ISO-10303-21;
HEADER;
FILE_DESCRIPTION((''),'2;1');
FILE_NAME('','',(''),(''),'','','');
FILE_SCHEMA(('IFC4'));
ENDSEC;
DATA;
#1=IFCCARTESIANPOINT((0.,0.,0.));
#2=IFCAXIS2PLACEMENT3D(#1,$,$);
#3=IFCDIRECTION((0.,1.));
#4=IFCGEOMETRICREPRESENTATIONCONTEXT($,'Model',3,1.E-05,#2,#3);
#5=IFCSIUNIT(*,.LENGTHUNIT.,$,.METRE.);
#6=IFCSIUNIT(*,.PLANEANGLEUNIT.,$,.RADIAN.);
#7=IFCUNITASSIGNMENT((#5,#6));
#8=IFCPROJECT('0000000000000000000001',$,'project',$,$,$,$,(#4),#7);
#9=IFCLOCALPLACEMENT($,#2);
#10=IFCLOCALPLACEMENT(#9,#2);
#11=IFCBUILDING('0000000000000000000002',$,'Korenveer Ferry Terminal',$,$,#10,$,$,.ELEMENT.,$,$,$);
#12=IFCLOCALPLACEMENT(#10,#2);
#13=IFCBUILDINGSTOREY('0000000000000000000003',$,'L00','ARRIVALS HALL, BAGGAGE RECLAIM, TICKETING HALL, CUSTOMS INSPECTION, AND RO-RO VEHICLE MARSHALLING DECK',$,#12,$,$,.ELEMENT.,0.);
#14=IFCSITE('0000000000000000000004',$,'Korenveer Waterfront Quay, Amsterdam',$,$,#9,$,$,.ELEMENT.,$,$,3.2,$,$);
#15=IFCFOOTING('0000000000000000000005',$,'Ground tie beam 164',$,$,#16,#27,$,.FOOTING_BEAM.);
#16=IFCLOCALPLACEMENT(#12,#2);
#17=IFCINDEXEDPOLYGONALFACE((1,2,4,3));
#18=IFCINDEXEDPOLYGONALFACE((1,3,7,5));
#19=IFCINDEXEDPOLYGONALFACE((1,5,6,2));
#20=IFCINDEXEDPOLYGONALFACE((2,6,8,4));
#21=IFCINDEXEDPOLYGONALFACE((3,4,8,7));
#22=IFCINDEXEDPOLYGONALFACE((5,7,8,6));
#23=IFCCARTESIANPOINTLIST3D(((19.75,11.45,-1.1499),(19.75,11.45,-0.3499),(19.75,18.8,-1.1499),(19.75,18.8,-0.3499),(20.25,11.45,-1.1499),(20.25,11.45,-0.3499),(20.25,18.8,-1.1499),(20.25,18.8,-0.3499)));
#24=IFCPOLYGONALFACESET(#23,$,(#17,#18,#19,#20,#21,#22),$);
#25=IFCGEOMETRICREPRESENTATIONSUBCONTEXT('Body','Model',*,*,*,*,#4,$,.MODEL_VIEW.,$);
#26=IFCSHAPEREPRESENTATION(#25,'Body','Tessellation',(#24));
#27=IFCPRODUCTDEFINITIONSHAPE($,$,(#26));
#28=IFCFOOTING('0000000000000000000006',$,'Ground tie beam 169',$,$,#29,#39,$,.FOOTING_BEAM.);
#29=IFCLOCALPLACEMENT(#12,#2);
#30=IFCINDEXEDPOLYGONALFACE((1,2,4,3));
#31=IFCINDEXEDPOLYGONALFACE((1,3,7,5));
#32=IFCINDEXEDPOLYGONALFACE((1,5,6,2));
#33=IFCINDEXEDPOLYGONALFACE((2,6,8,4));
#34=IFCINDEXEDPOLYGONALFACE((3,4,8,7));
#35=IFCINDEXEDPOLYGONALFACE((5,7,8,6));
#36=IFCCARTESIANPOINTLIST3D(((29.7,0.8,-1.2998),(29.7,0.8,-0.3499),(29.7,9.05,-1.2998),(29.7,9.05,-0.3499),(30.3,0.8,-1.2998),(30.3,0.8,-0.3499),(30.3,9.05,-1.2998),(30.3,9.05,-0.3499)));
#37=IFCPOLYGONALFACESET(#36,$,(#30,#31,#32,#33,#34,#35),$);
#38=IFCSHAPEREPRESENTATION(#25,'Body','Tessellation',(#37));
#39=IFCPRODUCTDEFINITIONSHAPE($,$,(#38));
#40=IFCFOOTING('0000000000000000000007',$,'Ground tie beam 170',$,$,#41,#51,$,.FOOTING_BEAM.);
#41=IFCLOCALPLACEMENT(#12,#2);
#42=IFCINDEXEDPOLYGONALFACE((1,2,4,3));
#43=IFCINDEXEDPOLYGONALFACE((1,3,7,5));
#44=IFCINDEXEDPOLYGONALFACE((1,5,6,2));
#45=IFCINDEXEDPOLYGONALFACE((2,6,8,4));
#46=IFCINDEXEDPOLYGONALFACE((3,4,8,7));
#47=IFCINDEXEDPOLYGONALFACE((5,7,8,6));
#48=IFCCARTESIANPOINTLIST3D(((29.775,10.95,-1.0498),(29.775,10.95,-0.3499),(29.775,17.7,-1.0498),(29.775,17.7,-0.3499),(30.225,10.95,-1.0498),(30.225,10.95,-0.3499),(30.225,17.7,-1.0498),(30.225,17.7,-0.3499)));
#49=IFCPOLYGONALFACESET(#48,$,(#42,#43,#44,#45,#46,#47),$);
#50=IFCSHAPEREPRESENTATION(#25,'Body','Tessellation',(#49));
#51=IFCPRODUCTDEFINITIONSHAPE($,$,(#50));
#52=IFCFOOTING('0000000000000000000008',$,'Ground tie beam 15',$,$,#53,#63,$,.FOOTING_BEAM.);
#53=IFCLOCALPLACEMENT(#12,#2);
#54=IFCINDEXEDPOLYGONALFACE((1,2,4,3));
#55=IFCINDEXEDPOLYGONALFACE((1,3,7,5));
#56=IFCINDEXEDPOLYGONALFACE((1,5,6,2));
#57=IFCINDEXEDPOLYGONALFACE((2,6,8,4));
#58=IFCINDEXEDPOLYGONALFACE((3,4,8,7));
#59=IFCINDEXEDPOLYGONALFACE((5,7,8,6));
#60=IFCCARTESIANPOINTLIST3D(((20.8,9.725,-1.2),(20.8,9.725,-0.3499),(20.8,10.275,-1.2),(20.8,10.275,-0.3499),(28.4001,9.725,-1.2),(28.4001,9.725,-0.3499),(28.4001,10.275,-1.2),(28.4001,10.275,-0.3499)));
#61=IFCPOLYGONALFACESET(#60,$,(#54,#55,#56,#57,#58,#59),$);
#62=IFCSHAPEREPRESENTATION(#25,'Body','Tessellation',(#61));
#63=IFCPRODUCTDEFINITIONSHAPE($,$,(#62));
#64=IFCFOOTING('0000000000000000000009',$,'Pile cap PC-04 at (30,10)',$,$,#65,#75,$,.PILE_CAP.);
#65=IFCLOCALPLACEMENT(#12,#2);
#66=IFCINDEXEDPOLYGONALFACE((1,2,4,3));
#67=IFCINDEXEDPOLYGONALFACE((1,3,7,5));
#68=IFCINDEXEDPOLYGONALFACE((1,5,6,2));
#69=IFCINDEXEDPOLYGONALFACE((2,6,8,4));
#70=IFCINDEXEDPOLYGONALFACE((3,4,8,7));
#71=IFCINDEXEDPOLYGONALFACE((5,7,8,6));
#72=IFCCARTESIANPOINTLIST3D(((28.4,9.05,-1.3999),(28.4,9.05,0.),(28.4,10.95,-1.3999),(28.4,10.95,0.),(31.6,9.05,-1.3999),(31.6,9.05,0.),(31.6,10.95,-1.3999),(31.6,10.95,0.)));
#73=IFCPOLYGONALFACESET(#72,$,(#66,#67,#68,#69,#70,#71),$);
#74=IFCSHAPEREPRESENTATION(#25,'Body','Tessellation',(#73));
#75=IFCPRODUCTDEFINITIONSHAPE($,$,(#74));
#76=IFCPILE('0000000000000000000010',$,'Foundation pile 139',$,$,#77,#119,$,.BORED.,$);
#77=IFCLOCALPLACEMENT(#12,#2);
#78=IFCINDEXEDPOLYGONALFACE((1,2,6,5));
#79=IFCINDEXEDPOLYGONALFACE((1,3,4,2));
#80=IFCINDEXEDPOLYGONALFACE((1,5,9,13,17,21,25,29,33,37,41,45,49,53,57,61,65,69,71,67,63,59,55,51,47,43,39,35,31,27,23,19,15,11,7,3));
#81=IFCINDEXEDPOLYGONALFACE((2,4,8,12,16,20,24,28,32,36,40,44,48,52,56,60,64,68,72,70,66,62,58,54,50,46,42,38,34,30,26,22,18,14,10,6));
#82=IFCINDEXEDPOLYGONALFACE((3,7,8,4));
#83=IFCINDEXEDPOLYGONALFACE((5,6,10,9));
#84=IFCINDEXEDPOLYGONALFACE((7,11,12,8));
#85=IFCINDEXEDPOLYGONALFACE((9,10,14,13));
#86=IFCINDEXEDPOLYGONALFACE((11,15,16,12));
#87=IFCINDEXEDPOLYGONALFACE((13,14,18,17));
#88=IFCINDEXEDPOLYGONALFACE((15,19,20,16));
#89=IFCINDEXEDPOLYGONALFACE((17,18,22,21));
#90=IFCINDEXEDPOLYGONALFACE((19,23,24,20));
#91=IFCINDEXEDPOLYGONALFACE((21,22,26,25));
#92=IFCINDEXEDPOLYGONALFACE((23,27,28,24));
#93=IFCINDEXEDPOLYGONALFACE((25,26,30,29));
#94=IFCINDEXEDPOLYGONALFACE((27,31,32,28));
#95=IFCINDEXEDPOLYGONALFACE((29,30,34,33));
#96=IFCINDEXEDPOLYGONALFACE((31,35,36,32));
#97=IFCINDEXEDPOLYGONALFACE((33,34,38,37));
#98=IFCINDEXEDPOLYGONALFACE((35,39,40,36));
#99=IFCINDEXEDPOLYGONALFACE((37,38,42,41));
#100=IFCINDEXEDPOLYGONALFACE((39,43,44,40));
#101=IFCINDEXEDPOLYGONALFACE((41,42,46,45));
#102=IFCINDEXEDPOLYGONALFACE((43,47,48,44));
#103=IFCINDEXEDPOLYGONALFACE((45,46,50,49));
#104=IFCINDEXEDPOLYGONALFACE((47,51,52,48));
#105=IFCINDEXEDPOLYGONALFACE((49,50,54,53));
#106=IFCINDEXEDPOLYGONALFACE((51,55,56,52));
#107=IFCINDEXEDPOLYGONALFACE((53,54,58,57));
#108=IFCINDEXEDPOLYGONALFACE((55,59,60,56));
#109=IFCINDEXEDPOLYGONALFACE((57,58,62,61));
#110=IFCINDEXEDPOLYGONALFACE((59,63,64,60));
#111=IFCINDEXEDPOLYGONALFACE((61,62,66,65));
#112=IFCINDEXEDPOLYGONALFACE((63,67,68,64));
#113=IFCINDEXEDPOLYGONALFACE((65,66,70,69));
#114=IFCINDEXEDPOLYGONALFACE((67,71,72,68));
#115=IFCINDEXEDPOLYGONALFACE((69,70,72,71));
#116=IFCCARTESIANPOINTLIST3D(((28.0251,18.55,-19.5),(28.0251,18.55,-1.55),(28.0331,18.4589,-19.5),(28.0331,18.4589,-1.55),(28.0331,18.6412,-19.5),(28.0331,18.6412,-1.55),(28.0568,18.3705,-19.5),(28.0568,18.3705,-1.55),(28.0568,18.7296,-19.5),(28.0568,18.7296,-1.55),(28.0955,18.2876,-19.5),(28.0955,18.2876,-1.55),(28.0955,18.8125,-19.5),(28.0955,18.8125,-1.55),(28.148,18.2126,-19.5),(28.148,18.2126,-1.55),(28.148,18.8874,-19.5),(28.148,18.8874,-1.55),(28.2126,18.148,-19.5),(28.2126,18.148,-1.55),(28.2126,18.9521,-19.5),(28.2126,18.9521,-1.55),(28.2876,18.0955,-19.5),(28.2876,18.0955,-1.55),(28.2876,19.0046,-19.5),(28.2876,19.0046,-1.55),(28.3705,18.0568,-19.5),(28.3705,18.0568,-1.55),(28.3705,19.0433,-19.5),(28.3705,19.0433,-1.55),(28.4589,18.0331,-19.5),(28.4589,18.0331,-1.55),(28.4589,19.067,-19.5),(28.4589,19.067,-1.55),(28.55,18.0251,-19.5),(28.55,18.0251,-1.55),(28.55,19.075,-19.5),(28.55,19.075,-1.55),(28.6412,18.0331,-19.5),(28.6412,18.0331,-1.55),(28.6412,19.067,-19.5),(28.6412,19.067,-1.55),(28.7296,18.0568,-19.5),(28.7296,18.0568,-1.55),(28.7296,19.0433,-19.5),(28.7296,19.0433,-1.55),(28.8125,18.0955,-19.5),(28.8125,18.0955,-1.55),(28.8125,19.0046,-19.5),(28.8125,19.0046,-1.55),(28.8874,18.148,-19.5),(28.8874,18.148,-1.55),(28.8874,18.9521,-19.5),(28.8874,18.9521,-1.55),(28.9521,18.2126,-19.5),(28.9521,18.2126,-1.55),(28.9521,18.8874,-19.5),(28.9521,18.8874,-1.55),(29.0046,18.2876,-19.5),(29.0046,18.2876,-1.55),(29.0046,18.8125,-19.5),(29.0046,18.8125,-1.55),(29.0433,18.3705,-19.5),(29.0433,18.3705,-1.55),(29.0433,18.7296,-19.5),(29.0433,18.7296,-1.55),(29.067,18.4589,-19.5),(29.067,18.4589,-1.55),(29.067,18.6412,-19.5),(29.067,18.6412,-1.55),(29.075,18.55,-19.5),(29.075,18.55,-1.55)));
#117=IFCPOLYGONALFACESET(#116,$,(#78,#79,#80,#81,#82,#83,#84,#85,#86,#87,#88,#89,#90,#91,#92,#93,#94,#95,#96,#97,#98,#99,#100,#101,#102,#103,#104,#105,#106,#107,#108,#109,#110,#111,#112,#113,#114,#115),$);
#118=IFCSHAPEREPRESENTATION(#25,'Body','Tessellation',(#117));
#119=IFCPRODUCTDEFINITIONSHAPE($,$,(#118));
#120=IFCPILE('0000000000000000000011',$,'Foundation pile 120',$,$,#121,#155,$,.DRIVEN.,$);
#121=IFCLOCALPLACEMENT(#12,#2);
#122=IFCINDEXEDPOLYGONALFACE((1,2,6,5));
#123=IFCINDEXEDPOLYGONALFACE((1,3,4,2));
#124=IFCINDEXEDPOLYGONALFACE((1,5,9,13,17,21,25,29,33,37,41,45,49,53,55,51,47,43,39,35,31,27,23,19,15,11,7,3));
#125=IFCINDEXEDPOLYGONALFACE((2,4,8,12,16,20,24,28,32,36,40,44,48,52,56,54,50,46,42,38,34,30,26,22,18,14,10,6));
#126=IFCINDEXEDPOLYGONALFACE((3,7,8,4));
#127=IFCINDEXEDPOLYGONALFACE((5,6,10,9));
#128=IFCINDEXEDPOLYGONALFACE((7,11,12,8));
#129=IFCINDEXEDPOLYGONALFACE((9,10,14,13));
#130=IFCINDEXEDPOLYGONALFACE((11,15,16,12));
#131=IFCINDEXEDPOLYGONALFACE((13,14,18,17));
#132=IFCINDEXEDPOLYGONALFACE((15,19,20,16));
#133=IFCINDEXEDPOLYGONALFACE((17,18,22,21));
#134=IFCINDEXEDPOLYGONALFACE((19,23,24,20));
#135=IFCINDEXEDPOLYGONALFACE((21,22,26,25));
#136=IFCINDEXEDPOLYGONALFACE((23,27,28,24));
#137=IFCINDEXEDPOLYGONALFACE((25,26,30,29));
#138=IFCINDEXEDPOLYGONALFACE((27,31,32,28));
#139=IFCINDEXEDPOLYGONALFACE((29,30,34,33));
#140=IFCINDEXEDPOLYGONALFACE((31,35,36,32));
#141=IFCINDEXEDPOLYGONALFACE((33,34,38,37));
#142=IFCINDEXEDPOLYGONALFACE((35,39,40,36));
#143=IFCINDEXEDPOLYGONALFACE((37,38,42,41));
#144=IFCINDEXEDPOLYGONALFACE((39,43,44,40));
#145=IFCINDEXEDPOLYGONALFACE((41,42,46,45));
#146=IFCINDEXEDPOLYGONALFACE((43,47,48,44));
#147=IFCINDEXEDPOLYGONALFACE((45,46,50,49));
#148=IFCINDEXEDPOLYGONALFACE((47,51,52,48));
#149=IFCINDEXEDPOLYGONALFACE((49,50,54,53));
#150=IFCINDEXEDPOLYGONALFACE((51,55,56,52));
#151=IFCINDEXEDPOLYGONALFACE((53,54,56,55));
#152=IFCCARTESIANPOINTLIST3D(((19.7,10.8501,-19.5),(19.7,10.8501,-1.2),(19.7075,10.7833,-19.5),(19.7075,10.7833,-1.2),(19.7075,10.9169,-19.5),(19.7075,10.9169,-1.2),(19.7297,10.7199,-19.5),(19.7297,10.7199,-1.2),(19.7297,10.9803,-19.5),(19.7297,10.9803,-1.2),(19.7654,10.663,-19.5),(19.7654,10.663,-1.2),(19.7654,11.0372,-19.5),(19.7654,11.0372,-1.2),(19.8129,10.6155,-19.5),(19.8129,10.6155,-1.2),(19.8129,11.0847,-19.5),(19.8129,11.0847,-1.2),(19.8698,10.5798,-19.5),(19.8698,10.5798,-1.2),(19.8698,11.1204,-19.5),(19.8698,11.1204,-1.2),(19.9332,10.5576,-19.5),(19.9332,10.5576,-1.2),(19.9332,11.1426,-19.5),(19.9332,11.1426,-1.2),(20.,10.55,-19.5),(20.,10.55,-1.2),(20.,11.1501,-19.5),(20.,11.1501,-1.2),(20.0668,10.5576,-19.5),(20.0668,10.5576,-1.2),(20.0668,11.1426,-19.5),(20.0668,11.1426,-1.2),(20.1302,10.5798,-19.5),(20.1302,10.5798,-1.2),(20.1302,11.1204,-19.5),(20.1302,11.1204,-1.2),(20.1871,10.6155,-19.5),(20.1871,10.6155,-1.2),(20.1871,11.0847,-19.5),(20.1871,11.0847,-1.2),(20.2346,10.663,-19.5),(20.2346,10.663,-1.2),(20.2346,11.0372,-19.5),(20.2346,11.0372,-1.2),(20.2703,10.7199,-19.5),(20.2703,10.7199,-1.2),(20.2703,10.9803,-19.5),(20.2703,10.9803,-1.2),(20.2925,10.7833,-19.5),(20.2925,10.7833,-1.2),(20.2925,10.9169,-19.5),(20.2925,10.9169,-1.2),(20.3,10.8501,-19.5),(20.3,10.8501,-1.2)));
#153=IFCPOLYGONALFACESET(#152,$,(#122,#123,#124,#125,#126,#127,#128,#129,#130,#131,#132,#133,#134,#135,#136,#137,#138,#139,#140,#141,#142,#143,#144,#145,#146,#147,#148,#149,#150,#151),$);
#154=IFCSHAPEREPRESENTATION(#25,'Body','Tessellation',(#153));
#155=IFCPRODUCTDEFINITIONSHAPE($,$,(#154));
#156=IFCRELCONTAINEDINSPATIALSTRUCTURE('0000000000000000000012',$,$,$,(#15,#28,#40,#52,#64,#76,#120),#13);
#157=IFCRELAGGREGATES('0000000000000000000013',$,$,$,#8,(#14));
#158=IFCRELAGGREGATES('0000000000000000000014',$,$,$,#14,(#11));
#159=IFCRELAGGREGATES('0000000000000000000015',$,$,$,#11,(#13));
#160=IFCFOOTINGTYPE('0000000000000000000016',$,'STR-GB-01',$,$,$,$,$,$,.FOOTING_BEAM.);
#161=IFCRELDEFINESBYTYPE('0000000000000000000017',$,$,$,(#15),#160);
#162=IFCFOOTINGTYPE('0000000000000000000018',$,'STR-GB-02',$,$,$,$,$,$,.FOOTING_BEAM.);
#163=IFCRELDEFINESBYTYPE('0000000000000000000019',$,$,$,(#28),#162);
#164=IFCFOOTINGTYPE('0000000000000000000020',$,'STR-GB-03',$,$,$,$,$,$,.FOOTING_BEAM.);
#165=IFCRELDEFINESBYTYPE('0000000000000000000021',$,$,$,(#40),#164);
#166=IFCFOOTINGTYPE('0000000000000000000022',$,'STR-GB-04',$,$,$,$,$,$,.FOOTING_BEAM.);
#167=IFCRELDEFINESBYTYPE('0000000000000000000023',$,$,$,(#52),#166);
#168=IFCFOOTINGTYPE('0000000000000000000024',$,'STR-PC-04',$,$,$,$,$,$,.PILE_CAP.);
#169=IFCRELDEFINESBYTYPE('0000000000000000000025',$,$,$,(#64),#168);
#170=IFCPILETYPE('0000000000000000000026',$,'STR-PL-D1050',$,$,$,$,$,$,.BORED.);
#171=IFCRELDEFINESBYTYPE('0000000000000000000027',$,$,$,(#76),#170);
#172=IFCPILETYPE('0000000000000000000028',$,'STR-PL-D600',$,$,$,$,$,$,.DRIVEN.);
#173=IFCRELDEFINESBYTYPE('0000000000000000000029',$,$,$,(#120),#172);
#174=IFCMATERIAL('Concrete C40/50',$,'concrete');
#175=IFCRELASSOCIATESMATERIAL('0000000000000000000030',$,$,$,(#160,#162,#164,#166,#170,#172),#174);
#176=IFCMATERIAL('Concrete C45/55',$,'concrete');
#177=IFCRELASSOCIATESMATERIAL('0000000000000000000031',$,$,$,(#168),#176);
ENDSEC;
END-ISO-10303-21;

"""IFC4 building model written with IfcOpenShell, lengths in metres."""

from ifc_helpers import new_model, si_unit, direction, frame, origin, origin_2d, place, context, subcontext, project, spatial, rectangle, circle, extrude, material, material_profile, profile_set, type_object, element, save


model = new_model("IFC4")

# Units and contexts
model_context = context("Model", 3, precision=1e-05, world=origin(), true_north=direction((0.0, 1.0)))
body_context = subcontext(model_context, "Body", "Model", "MODEL_VIEW")
ifc_project = project(units=[si_unit("LENGTHUNIT", "METRE"), si_unit("PLANEANGLEUNIT", "RADIAN")], contexts=[model_context])

# Site, building, storey
site_placement = place(None, origin())
site = spatial("IfcSite", under=ifc_project, at=site_placement, Name="Korenveer Waterfront Quay, Amsterdam", CompositionType="ELEMENT", RefElevation=3.2)
building_placement = place(site_placement, origin())
building = spatial("IfcBuilding", under=site, at=building_placement, Name="Korenveer Ferry Terminal", CompositionType="ELEMENT")
storey_placement = place(building_placement, origin())
storey = spatial("IfcBuildingStorey", under=building, at=storey_placement, Name="L00", Description="ARRIVALS HALL, BAGGAGE RECLAIM, TICKETING HALL, CUSTOMS INSPECTION, AND RO-RO VEHICLE MARSHALLING DECK", CompositionType="ELEMENT", Elevation=0.0)

# Footings
ifc_material_1 = material(Name="Concrete C40/50", Category="concrete")
footing_type_1 = type_object("IfcFootingType", Name="STR-GB-01", PredefinedType="FOOTING_BEAM", material=ifc_material_1)
footing_1_placement = place(storey_placement, frame((20.0, 15.125, -1.1499), z_axis=(0.0, 0.0, 1.0), x_axis=(1.0, 0.0, 0.0)))
element("IfcFooting", 1, at=footing_1_placement, inside=storey, type_object=footing_type_1, Name="Ground tie beam 164", PredefinedType="FOOTING_BEAM", context=body_context, shape_type="SweptSolid", body=[
    extrude(rectangle(XDim=0.5, YDim=7.3501, at=origin_2d()), origin(), (0.0, 0.0, 1.0), 0.8),
])
footing_type_2 = type_object("IfcFootingType", Name="STR-GB-02", PredefinedType="FOOTING_BEAM", material=ifc_material_1)
footing_2_placement = place(storey_placement, frame((30.0, 4.925, -1.2998), z_axis=(0.0, 0.0, 1.0), x_axis=(1.0, 0.0, 0.0)))
element("IfcFooting", 2, at=footing_2_placement, inside=storey, type_object=footing_type_2, Name="Ground tie beam 169", PredefinedType="FOOTING_BEAM", context=body_context, shape_type="SweptSolid", body=[
    extrude(rectangle(XDim=0.6001, YDim=8.25, at=origin_2d()), origin(), (0.0, 0.0, 1.0), 0.95),
])
footing_type_3 = type_object("IfcFootingType", Name="STR-GB-03", PredefinedType="FOOTING_BEAM", material=ifc_material_1)
footing_3_placement = place(storey_placement, frame((30.0, 14.325, -1.0498), z_axis=(0.0, 0.0, 1.0), x_axis=(1.0, 0.0, 0.0)))
element("IfcFooting", 3, at=footing_3_placement, inside=storey, type_object=footing_type_3, Name="Ground tie beam 170", PredefinedType="FOOTING_BEAM", context=body_context, shape_type="SweptSolid", body=[
    extrude(rectangle(XDim=0.45, YDim=6.75, at=origin_2d()), origin(), (0.0, 0.0, 1.0), 0.7),
])
footing_type_4 = type_object("IfcFootingType", Name="STR-GB-04", PredefinedType="FOOTING_BEAM", material=ifc_material_1)
footing_4_placement = place(storey_placement, frame((24.6001, 10.0, -1.2), z_axis=(0.0, 0.0, 1.0), x_axis=(1.0, 0.0, 0.0)))
element("IfcFooting", 4, at=footing_4_placement, inside=storey, type_object=footing_type_4, Name="Ground tie beam 15", PredefinedType="FOOTING_BEAM", context=body_context, shape_type="SweptSolid", body=[
    extrude(rectangle(XDim=7.6001, YDim=0.55, at=origin_2d()), origin(), (0.0, 0.0, 1.0), 0.8501),
])
ifc_material_2 = material(Name="Concrete C45/55", Category="concrete")
footing_type_5 = type_object("IfcFootingType", Name="STR-PC-04", PredefinedType="PILE_CAP", material=ifc_material_2)
footing_5_placement = place(storey_placement, frame((30.0, 10.0, -1.3999), z_axis=(0.0, 0.0, 1.0), x_axis=(1.0, 0.0, 0.0)))
element("IfcFooting", 5, at=footing_5_placement, inside=storey, type_object=footing_type_5, Name="Pile cap PC-04 at (30,10)", PredefinedType="PILE_CAP", context=body_context, shape_type="SweptSolid", body=[
    extrude(rectangle(XDim=3.2, YDim=1.8999, at=origin_2d()), origin(), (0.0, 0.0, 1.0), 1.3999),
])

# Piles
ifc_material_profile_1 = material_profile(ifc_material_1, circle(Radius=0.5249, at=origin_2d()), Name="PILE D1050")
ifc_profile_set_1 = profile_set([ifc_material_profile_1], Name="Concrete C40/50")
pile_type_1 = type_object("IfcPileType", Name="STR-PL-D1050", PredefinedType="BORED", material=ifc_profile_set_1)
pile_1_placement = place(storey_placement, frame((28.55, 18.55, -1.55), z_axis=(0.0, 0.0, -1.0), x_axis=(1.0, 0.0, 0.0)))
element("IfcPile", 6, at=pile_1_placement, inside=storey, type_object=pile_type_1, Name="Foundation pile 139", PredefinedType="BORED", context=body_context, shape_type="SweptSolid", body=[
    extrude(circle(Radius=0.5249, at=origin_2d()), origin(), (0.0, 0.0, 1.0), 17.95),
])
ifc_material_profile_2 = material_profile(ifc_material_1, circle(Radius=0.3, at=origin_2d()), Name="PILE D600")
ifc_profile_set_2 = profile_set([ifc_material_profile_2], Name="Concrete C40/50")
pile_type_2 = type_object("IfcPileType", Name="STR-PL-D600", PredefinedType="DRIVEN", material=ifc_profile_set_2)
pile_2_placement = place(storey_placement, frame((20.0, 10.8501, -1.2), z_axis=(0.0, 0.0, -1.0), x_axis=(1.0, 0.0, 0.0)))
element("IfcPile", 7, at=pile_2_placement, inside=storey, type_object=pile_type_2, Name="Foundation pile 120", PredefinedType="DRIVEN", context=body_context, shape_type="SweptSolid", body=[
    extrude(circle(Radius=0.3, at=origin_2d()), origin(), (0.0, 0.0, 1.0), 18.3),
])

save(model, "model.ifc")
